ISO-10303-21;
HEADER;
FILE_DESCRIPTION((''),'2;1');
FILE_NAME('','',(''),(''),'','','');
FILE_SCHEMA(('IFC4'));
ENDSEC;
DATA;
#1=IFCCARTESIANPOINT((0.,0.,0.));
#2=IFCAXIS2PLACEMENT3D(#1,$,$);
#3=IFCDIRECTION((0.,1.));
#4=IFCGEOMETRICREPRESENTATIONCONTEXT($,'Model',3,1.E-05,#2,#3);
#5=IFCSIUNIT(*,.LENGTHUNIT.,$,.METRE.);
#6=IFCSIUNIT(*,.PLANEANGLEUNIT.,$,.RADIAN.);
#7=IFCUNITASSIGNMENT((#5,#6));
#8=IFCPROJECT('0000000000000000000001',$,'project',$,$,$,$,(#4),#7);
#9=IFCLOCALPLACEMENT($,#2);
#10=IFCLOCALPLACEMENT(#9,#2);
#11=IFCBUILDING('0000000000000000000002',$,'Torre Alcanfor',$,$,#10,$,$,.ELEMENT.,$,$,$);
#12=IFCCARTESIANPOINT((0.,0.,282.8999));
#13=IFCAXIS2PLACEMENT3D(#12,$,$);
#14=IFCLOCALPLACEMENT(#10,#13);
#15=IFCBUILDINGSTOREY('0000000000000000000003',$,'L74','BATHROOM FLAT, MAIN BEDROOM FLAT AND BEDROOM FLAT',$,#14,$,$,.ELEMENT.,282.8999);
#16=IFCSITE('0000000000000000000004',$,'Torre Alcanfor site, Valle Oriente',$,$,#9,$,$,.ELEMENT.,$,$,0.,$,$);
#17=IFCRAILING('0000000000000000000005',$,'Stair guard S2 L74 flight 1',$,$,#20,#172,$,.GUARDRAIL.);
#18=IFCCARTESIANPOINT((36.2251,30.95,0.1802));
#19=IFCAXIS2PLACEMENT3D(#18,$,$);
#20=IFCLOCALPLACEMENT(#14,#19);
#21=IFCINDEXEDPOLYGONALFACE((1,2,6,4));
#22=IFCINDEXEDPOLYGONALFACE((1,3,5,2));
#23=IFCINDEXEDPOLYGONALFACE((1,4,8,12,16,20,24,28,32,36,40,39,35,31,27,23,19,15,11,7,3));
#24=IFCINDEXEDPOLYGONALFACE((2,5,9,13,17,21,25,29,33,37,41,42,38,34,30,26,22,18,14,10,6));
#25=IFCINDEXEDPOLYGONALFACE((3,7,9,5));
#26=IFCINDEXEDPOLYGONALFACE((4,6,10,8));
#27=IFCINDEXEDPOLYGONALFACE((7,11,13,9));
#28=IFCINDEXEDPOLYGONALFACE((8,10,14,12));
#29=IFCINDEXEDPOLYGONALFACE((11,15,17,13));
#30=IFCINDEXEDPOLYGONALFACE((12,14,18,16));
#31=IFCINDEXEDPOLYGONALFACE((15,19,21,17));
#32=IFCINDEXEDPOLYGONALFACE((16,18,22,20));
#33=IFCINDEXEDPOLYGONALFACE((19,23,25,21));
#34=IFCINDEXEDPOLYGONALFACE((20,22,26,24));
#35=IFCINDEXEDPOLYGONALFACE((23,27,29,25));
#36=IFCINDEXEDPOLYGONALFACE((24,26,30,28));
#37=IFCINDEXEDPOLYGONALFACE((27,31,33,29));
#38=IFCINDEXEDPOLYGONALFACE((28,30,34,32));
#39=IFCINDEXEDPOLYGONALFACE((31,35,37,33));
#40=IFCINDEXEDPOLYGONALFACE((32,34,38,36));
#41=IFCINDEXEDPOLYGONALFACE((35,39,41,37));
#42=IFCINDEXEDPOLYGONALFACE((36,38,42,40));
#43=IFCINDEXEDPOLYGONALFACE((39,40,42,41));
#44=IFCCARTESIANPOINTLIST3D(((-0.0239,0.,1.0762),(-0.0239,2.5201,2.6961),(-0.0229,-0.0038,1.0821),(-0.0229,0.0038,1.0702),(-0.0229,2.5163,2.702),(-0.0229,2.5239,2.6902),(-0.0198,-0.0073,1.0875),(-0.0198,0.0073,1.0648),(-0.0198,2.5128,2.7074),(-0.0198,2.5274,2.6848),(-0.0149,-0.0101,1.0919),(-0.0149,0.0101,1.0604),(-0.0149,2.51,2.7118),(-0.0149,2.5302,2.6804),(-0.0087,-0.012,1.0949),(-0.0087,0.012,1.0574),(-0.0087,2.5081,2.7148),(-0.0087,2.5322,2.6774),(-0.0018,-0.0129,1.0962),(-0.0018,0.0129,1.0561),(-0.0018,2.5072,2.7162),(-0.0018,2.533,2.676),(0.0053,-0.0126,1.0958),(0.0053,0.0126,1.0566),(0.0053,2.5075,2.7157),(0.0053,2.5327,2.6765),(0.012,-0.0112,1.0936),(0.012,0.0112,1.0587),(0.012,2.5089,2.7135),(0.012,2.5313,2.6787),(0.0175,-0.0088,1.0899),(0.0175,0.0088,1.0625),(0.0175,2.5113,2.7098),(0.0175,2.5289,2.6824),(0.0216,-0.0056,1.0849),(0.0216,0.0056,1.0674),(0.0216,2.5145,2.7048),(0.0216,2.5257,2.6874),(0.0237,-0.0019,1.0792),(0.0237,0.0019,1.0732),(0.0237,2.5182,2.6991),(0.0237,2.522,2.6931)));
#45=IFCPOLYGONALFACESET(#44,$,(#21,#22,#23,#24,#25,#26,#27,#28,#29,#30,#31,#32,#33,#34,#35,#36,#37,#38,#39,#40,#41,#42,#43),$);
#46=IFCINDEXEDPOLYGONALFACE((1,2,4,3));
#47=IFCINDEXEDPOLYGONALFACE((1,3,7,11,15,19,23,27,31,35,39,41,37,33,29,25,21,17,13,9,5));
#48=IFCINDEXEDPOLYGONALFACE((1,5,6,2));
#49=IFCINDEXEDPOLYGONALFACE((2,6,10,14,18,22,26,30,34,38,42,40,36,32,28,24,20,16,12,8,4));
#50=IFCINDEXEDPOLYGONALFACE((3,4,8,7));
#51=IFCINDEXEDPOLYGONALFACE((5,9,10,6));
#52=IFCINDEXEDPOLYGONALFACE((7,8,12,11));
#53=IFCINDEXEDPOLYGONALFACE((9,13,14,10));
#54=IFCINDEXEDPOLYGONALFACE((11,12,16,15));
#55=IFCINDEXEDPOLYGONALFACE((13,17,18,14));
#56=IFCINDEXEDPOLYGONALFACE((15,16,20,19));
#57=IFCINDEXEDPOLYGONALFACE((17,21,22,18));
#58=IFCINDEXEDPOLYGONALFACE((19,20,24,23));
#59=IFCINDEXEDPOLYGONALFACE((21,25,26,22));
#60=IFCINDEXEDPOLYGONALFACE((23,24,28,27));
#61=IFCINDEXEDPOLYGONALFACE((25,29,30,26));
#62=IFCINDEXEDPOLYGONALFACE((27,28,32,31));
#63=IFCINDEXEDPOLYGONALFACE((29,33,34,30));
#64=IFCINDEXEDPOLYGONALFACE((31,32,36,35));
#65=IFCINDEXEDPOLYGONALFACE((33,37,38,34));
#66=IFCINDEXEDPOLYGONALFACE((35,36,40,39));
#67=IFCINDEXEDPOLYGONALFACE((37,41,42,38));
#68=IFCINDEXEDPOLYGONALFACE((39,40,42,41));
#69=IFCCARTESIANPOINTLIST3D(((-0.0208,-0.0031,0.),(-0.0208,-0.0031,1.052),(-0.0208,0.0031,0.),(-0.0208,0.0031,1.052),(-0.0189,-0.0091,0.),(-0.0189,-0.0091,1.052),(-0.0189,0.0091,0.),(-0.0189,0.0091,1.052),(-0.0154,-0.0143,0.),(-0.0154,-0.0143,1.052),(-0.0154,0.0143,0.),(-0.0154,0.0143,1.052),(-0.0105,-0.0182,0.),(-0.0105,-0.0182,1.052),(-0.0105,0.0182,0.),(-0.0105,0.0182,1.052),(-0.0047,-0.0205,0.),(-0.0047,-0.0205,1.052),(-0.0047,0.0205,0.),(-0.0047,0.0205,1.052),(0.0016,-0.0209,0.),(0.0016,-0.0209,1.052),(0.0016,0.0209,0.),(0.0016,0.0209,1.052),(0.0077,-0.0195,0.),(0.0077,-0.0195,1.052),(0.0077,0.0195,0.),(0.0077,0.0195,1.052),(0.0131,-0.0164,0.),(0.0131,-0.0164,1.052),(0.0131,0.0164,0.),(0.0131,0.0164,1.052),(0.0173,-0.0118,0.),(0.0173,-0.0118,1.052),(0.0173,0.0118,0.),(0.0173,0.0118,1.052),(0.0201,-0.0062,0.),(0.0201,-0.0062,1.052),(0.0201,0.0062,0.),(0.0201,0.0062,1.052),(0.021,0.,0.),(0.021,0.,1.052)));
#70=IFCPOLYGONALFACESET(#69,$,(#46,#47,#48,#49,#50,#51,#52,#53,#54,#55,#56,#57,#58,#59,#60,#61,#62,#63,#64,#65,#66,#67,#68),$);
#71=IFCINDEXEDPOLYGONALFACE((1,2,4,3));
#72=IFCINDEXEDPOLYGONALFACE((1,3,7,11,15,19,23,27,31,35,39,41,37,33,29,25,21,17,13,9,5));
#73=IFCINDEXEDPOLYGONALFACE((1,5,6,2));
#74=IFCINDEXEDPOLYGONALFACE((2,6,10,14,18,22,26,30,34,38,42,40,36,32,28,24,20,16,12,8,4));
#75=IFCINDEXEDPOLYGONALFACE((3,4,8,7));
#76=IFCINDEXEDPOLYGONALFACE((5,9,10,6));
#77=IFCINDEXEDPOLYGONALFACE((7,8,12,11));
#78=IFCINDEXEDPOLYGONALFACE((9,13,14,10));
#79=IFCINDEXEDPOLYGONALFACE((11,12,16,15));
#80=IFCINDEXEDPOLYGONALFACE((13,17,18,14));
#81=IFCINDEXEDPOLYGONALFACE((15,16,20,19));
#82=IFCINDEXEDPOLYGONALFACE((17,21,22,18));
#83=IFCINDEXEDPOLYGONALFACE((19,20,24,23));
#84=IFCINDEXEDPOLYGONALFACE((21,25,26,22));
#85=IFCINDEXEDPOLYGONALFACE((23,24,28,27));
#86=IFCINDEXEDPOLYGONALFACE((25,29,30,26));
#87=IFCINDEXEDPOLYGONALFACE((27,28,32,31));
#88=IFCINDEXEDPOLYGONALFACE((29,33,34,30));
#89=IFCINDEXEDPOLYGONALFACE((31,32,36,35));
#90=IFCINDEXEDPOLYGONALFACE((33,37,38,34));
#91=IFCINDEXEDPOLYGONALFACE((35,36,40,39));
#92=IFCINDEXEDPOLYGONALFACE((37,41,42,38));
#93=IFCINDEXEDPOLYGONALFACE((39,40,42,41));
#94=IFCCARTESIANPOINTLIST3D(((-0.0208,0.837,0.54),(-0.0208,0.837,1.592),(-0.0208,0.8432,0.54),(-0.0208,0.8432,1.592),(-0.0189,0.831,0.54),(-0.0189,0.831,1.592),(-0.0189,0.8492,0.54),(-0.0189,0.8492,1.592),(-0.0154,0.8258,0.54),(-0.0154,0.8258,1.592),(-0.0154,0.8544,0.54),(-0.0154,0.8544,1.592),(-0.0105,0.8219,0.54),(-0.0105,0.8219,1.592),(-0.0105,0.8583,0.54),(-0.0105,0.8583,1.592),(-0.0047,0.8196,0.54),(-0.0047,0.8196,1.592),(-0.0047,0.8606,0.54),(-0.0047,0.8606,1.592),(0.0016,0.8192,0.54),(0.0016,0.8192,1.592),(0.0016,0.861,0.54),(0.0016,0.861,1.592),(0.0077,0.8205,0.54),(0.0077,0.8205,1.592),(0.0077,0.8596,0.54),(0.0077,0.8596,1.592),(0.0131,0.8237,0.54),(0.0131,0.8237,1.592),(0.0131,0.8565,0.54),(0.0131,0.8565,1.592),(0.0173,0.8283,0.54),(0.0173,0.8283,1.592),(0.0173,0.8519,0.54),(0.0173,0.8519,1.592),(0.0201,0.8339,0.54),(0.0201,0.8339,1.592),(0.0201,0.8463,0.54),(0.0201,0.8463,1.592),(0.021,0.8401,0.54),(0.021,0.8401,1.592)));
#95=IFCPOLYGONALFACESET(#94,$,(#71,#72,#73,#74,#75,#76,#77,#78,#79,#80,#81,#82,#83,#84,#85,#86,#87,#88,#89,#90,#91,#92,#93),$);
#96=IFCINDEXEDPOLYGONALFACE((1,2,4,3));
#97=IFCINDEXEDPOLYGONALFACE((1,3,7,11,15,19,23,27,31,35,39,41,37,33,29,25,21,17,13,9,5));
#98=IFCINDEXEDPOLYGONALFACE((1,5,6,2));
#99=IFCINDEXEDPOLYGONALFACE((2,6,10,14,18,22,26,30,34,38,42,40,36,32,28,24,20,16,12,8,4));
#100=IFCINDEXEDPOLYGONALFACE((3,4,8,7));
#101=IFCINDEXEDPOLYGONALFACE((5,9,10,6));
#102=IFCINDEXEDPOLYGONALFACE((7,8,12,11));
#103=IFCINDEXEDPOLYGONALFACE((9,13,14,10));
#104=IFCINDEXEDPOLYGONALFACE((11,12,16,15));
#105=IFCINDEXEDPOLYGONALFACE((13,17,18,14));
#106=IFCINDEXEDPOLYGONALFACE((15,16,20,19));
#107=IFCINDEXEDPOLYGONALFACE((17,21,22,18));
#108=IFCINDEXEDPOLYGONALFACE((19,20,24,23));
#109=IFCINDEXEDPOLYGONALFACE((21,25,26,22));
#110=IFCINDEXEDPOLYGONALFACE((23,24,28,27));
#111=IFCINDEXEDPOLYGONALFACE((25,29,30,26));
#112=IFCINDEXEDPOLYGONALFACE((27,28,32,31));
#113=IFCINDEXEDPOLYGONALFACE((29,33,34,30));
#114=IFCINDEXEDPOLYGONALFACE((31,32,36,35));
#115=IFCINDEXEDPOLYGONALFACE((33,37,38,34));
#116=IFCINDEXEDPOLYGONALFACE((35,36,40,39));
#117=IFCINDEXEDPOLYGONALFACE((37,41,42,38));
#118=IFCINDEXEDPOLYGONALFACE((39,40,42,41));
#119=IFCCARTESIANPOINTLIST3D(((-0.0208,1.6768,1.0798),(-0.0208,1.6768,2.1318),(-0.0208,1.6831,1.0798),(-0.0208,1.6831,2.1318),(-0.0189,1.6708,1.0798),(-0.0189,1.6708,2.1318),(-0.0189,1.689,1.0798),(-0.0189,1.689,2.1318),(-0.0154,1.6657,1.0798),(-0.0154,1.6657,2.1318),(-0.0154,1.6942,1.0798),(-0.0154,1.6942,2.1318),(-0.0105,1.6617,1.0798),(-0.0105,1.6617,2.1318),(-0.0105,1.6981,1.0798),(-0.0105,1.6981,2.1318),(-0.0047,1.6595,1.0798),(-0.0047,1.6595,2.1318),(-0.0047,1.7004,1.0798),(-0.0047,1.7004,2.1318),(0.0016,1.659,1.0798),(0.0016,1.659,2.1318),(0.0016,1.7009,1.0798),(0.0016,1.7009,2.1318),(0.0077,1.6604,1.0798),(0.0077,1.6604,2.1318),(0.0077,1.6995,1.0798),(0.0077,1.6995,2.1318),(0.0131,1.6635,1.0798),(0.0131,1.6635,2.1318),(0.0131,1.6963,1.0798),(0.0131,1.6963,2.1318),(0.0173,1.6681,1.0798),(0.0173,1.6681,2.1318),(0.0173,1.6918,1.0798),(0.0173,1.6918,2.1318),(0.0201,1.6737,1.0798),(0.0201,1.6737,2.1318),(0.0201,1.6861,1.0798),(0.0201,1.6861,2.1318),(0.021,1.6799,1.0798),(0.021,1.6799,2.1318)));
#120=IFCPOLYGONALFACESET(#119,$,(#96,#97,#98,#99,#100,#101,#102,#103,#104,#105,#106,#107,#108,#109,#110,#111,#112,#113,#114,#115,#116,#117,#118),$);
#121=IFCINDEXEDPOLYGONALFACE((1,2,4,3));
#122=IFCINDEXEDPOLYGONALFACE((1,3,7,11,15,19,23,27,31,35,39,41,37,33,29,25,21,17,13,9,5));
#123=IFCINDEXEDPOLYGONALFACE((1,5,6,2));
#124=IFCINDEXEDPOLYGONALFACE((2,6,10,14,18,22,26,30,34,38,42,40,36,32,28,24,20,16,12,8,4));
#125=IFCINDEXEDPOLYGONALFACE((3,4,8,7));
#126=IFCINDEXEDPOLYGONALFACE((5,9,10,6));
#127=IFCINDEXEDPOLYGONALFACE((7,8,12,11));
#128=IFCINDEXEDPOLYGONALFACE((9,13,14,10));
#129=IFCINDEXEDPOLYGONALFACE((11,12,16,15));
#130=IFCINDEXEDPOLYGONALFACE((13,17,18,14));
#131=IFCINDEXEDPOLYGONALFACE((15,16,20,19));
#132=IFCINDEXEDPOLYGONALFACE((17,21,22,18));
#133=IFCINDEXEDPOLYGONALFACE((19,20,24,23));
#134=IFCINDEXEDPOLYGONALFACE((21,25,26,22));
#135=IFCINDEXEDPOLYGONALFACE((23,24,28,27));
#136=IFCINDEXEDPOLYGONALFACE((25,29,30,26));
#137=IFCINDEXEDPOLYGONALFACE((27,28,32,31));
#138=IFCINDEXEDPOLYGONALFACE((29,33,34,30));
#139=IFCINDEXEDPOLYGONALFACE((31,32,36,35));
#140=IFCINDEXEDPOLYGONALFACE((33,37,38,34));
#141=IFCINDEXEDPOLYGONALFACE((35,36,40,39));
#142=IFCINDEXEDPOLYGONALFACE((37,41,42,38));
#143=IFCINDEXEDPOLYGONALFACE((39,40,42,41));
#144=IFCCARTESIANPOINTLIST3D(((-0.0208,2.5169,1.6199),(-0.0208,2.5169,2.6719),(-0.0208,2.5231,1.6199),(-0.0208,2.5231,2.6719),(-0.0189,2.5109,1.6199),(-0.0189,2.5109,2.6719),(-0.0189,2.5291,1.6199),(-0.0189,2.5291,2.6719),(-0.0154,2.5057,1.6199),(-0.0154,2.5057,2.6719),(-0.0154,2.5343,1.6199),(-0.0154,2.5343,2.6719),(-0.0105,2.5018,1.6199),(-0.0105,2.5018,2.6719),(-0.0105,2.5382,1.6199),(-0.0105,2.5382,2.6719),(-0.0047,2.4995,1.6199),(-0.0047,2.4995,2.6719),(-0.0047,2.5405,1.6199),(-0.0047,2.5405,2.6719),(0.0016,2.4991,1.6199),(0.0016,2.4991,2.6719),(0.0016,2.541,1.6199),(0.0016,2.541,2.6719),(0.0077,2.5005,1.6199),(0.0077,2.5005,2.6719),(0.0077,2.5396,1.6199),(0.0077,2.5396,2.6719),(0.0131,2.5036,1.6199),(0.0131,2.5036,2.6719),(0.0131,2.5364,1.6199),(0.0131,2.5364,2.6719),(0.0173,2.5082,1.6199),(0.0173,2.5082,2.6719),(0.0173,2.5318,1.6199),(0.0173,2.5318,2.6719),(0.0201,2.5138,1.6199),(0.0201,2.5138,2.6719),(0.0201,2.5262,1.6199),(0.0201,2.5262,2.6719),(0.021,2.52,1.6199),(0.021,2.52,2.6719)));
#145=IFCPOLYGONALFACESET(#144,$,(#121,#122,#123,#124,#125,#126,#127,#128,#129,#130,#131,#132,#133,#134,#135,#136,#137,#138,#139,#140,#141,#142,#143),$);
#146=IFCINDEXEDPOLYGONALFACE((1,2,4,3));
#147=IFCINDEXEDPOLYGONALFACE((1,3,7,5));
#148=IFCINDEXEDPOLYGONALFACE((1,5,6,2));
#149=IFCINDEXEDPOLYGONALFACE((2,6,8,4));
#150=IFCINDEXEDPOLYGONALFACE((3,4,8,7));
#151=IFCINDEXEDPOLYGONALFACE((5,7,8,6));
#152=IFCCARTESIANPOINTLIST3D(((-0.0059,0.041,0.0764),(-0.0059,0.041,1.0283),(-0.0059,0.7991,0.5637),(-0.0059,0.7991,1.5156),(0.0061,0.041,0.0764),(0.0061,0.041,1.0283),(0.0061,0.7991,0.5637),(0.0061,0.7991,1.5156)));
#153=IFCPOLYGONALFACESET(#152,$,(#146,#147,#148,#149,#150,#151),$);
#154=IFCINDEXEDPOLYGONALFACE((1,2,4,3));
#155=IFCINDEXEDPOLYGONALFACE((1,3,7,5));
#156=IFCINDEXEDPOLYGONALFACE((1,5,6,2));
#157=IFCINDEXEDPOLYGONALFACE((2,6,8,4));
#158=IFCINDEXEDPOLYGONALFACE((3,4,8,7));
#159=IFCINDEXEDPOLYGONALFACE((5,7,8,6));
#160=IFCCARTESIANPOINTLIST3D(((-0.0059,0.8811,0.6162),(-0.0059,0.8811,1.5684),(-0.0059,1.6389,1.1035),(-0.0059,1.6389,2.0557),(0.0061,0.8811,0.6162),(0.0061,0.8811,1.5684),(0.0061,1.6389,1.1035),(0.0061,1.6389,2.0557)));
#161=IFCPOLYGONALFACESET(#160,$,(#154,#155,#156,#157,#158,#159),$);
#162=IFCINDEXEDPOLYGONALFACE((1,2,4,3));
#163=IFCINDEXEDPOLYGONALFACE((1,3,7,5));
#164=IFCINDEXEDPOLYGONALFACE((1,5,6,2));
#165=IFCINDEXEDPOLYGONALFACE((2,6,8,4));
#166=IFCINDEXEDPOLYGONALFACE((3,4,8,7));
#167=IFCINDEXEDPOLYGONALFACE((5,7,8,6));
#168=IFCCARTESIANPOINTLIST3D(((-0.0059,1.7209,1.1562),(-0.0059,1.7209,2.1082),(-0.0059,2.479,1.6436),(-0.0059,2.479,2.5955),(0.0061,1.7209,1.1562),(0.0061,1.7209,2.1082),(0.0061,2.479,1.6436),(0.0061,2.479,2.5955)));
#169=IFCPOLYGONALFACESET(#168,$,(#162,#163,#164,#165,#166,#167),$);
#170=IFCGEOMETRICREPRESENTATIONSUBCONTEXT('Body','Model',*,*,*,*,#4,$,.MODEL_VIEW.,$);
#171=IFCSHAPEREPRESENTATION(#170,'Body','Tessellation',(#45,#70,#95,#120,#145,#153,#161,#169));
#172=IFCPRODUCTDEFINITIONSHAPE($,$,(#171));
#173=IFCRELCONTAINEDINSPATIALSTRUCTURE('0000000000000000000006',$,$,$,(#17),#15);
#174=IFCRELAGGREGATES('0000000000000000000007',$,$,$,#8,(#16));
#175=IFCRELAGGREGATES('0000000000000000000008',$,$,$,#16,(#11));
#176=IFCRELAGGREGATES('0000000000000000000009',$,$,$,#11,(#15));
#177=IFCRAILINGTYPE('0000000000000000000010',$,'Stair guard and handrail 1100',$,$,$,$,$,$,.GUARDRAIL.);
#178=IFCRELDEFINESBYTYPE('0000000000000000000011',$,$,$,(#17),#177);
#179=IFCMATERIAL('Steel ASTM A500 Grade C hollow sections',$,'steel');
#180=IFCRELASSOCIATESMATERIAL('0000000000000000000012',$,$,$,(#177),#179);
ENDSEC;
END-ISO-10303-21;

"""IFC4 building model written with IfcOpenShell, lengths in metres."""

from ifc_helpers import new_model, si_unit, direction, frame, origin, origin_2d, place, context, subcontext, project, spatial, polyline, circle, outline, extrude, material, type_object, element, save


model = new_model("IFC4")

# Units and contexts
model_context = context("Model", 3, precision=1e-05, world=origin(), true_north=direction((0.0, 1.0)))
body_context = subcontext(model_context, "Body", "Model", "MODEL_VIEW")
ifc_project = project(units=[si_unit("LENGTHUNIT", "METRE"), si_unit("PLANEANGLEUNIT", "RADIAN")], contexts=[model_context])

# Site, building, storey
site_placement = place(None, origin())
site = spatial("IfcSite", under=ifc_project, at=site_placement, Name="Torre Alcanfor site, Valle Oriente", CompositionType="ELEMENT", RefElevation=0.0)
building_placement = place(site_placement, origin())
building = spatial("IfcBuilding", under=site, at=building_placement, Name="Torre Alcanfor", CompositionType="ELEMENT")
storey_placement = place(building_placement, frame((0.0, 0.0, 282.8999)))
storey = spatial("IfcBuildingStorey", under=building, at=storey_placement, Name="L74", Description="BATHROOM FLAT, MAIN BEDROOM FLAT AND BEDROOM FLAT", CompositionType="ELEMENT", Elevation=282.8999)

# Railing
ifc_material_1 = material(Name="Steel ASTM A500 Grade C hollow sections", Category="steel")
railing_type_1 = type_object("IfcRailingType", Name="Stair guard and handrail 1100", PredefinedType="GUARDRAIL", material=ifc_material_1)
railing_1_placement = place(storey_placement, frame((36.2251, 30.95, 0.1802)))
element("IfcRailing", 1, at=railing_1_placement, inside=storey, type_object=railing_type_1, Name="Stair guard S2 L74 flight 1", PredefinedType="GUARDRAIL", context=body_context, shape_type="SweptSolid", body=[
    extrude(circle(Radius=0.0239, at=origin_2d()), frame((0.0, 0.0, 1.0762), z_axis=(0.0, 0.8412, 0.540725), x_axis=(-1.0, 0.0, 0.0)), (0.0, 0.0, 1.0), 2.9958),
    extrude(circle(Radius=0.021, at=origin_2d()), origin(), (0.0, 0.0, 1.0), 1.052),
    extrude(circle(Radius=0.021, at=origin_2d()), frame((0.0, 0.8401, 0.54)), (0.0, 0.0, 1.0), 1.052),
    extrude(circle(Radius=0.021, at=origin_2d()), frame((0.0, 1.6799, 1.0798)), (0.0, 0.0, 1.0), 1.052),
    extrude(circle(Radius=0.021, at=origin_2d()), frame((0.0, 2.52, 1.6199)), (0.0, 0.0, 1.0), 1.052),
    extrude(outline(polyline([(0.041, 0.0764), (0.7991, 0.5637), (0.7991, 1.5156), (0.041, 1.0283), (0.041, 0.0764)])), frame((-0.0059, 0.0, 0.0), z_axis=(1.0, 0.0, 0.0), x_axis=(0.0, 1.0, 0.0)), (0.0, 0.0, 1.0), 0.012),
    extrude(outline(polyline([(0.8811, 0.6162), (1.6389, 1.1035), (1.6389, 2.0557), (0.8811, 1.5684), (0.8811, 0.6162)])), frame((-0.0059, 0.0, 0.0), z_axis=(1.0, 0.0, 0.0), x_axis=(0.0, 1.0, 0.0)), (0.0, 0.0, 1.0), 0.012),
    extrude(outline(polyline([(1.7209, 1.1562), (2.479, 1.6436), (2.479, 2.5955), (1.7209, 2.1082), (1.7209, 1.1562)])), frame((-0.0059, 0.0, 0.0), z_axis=(1.0, 0.0, 0.0), x_axis=(0.0, 1.0, 0.0)), (0.0, 0.0, 1.0), 0.012),
])

save(model, "model.ifc")
